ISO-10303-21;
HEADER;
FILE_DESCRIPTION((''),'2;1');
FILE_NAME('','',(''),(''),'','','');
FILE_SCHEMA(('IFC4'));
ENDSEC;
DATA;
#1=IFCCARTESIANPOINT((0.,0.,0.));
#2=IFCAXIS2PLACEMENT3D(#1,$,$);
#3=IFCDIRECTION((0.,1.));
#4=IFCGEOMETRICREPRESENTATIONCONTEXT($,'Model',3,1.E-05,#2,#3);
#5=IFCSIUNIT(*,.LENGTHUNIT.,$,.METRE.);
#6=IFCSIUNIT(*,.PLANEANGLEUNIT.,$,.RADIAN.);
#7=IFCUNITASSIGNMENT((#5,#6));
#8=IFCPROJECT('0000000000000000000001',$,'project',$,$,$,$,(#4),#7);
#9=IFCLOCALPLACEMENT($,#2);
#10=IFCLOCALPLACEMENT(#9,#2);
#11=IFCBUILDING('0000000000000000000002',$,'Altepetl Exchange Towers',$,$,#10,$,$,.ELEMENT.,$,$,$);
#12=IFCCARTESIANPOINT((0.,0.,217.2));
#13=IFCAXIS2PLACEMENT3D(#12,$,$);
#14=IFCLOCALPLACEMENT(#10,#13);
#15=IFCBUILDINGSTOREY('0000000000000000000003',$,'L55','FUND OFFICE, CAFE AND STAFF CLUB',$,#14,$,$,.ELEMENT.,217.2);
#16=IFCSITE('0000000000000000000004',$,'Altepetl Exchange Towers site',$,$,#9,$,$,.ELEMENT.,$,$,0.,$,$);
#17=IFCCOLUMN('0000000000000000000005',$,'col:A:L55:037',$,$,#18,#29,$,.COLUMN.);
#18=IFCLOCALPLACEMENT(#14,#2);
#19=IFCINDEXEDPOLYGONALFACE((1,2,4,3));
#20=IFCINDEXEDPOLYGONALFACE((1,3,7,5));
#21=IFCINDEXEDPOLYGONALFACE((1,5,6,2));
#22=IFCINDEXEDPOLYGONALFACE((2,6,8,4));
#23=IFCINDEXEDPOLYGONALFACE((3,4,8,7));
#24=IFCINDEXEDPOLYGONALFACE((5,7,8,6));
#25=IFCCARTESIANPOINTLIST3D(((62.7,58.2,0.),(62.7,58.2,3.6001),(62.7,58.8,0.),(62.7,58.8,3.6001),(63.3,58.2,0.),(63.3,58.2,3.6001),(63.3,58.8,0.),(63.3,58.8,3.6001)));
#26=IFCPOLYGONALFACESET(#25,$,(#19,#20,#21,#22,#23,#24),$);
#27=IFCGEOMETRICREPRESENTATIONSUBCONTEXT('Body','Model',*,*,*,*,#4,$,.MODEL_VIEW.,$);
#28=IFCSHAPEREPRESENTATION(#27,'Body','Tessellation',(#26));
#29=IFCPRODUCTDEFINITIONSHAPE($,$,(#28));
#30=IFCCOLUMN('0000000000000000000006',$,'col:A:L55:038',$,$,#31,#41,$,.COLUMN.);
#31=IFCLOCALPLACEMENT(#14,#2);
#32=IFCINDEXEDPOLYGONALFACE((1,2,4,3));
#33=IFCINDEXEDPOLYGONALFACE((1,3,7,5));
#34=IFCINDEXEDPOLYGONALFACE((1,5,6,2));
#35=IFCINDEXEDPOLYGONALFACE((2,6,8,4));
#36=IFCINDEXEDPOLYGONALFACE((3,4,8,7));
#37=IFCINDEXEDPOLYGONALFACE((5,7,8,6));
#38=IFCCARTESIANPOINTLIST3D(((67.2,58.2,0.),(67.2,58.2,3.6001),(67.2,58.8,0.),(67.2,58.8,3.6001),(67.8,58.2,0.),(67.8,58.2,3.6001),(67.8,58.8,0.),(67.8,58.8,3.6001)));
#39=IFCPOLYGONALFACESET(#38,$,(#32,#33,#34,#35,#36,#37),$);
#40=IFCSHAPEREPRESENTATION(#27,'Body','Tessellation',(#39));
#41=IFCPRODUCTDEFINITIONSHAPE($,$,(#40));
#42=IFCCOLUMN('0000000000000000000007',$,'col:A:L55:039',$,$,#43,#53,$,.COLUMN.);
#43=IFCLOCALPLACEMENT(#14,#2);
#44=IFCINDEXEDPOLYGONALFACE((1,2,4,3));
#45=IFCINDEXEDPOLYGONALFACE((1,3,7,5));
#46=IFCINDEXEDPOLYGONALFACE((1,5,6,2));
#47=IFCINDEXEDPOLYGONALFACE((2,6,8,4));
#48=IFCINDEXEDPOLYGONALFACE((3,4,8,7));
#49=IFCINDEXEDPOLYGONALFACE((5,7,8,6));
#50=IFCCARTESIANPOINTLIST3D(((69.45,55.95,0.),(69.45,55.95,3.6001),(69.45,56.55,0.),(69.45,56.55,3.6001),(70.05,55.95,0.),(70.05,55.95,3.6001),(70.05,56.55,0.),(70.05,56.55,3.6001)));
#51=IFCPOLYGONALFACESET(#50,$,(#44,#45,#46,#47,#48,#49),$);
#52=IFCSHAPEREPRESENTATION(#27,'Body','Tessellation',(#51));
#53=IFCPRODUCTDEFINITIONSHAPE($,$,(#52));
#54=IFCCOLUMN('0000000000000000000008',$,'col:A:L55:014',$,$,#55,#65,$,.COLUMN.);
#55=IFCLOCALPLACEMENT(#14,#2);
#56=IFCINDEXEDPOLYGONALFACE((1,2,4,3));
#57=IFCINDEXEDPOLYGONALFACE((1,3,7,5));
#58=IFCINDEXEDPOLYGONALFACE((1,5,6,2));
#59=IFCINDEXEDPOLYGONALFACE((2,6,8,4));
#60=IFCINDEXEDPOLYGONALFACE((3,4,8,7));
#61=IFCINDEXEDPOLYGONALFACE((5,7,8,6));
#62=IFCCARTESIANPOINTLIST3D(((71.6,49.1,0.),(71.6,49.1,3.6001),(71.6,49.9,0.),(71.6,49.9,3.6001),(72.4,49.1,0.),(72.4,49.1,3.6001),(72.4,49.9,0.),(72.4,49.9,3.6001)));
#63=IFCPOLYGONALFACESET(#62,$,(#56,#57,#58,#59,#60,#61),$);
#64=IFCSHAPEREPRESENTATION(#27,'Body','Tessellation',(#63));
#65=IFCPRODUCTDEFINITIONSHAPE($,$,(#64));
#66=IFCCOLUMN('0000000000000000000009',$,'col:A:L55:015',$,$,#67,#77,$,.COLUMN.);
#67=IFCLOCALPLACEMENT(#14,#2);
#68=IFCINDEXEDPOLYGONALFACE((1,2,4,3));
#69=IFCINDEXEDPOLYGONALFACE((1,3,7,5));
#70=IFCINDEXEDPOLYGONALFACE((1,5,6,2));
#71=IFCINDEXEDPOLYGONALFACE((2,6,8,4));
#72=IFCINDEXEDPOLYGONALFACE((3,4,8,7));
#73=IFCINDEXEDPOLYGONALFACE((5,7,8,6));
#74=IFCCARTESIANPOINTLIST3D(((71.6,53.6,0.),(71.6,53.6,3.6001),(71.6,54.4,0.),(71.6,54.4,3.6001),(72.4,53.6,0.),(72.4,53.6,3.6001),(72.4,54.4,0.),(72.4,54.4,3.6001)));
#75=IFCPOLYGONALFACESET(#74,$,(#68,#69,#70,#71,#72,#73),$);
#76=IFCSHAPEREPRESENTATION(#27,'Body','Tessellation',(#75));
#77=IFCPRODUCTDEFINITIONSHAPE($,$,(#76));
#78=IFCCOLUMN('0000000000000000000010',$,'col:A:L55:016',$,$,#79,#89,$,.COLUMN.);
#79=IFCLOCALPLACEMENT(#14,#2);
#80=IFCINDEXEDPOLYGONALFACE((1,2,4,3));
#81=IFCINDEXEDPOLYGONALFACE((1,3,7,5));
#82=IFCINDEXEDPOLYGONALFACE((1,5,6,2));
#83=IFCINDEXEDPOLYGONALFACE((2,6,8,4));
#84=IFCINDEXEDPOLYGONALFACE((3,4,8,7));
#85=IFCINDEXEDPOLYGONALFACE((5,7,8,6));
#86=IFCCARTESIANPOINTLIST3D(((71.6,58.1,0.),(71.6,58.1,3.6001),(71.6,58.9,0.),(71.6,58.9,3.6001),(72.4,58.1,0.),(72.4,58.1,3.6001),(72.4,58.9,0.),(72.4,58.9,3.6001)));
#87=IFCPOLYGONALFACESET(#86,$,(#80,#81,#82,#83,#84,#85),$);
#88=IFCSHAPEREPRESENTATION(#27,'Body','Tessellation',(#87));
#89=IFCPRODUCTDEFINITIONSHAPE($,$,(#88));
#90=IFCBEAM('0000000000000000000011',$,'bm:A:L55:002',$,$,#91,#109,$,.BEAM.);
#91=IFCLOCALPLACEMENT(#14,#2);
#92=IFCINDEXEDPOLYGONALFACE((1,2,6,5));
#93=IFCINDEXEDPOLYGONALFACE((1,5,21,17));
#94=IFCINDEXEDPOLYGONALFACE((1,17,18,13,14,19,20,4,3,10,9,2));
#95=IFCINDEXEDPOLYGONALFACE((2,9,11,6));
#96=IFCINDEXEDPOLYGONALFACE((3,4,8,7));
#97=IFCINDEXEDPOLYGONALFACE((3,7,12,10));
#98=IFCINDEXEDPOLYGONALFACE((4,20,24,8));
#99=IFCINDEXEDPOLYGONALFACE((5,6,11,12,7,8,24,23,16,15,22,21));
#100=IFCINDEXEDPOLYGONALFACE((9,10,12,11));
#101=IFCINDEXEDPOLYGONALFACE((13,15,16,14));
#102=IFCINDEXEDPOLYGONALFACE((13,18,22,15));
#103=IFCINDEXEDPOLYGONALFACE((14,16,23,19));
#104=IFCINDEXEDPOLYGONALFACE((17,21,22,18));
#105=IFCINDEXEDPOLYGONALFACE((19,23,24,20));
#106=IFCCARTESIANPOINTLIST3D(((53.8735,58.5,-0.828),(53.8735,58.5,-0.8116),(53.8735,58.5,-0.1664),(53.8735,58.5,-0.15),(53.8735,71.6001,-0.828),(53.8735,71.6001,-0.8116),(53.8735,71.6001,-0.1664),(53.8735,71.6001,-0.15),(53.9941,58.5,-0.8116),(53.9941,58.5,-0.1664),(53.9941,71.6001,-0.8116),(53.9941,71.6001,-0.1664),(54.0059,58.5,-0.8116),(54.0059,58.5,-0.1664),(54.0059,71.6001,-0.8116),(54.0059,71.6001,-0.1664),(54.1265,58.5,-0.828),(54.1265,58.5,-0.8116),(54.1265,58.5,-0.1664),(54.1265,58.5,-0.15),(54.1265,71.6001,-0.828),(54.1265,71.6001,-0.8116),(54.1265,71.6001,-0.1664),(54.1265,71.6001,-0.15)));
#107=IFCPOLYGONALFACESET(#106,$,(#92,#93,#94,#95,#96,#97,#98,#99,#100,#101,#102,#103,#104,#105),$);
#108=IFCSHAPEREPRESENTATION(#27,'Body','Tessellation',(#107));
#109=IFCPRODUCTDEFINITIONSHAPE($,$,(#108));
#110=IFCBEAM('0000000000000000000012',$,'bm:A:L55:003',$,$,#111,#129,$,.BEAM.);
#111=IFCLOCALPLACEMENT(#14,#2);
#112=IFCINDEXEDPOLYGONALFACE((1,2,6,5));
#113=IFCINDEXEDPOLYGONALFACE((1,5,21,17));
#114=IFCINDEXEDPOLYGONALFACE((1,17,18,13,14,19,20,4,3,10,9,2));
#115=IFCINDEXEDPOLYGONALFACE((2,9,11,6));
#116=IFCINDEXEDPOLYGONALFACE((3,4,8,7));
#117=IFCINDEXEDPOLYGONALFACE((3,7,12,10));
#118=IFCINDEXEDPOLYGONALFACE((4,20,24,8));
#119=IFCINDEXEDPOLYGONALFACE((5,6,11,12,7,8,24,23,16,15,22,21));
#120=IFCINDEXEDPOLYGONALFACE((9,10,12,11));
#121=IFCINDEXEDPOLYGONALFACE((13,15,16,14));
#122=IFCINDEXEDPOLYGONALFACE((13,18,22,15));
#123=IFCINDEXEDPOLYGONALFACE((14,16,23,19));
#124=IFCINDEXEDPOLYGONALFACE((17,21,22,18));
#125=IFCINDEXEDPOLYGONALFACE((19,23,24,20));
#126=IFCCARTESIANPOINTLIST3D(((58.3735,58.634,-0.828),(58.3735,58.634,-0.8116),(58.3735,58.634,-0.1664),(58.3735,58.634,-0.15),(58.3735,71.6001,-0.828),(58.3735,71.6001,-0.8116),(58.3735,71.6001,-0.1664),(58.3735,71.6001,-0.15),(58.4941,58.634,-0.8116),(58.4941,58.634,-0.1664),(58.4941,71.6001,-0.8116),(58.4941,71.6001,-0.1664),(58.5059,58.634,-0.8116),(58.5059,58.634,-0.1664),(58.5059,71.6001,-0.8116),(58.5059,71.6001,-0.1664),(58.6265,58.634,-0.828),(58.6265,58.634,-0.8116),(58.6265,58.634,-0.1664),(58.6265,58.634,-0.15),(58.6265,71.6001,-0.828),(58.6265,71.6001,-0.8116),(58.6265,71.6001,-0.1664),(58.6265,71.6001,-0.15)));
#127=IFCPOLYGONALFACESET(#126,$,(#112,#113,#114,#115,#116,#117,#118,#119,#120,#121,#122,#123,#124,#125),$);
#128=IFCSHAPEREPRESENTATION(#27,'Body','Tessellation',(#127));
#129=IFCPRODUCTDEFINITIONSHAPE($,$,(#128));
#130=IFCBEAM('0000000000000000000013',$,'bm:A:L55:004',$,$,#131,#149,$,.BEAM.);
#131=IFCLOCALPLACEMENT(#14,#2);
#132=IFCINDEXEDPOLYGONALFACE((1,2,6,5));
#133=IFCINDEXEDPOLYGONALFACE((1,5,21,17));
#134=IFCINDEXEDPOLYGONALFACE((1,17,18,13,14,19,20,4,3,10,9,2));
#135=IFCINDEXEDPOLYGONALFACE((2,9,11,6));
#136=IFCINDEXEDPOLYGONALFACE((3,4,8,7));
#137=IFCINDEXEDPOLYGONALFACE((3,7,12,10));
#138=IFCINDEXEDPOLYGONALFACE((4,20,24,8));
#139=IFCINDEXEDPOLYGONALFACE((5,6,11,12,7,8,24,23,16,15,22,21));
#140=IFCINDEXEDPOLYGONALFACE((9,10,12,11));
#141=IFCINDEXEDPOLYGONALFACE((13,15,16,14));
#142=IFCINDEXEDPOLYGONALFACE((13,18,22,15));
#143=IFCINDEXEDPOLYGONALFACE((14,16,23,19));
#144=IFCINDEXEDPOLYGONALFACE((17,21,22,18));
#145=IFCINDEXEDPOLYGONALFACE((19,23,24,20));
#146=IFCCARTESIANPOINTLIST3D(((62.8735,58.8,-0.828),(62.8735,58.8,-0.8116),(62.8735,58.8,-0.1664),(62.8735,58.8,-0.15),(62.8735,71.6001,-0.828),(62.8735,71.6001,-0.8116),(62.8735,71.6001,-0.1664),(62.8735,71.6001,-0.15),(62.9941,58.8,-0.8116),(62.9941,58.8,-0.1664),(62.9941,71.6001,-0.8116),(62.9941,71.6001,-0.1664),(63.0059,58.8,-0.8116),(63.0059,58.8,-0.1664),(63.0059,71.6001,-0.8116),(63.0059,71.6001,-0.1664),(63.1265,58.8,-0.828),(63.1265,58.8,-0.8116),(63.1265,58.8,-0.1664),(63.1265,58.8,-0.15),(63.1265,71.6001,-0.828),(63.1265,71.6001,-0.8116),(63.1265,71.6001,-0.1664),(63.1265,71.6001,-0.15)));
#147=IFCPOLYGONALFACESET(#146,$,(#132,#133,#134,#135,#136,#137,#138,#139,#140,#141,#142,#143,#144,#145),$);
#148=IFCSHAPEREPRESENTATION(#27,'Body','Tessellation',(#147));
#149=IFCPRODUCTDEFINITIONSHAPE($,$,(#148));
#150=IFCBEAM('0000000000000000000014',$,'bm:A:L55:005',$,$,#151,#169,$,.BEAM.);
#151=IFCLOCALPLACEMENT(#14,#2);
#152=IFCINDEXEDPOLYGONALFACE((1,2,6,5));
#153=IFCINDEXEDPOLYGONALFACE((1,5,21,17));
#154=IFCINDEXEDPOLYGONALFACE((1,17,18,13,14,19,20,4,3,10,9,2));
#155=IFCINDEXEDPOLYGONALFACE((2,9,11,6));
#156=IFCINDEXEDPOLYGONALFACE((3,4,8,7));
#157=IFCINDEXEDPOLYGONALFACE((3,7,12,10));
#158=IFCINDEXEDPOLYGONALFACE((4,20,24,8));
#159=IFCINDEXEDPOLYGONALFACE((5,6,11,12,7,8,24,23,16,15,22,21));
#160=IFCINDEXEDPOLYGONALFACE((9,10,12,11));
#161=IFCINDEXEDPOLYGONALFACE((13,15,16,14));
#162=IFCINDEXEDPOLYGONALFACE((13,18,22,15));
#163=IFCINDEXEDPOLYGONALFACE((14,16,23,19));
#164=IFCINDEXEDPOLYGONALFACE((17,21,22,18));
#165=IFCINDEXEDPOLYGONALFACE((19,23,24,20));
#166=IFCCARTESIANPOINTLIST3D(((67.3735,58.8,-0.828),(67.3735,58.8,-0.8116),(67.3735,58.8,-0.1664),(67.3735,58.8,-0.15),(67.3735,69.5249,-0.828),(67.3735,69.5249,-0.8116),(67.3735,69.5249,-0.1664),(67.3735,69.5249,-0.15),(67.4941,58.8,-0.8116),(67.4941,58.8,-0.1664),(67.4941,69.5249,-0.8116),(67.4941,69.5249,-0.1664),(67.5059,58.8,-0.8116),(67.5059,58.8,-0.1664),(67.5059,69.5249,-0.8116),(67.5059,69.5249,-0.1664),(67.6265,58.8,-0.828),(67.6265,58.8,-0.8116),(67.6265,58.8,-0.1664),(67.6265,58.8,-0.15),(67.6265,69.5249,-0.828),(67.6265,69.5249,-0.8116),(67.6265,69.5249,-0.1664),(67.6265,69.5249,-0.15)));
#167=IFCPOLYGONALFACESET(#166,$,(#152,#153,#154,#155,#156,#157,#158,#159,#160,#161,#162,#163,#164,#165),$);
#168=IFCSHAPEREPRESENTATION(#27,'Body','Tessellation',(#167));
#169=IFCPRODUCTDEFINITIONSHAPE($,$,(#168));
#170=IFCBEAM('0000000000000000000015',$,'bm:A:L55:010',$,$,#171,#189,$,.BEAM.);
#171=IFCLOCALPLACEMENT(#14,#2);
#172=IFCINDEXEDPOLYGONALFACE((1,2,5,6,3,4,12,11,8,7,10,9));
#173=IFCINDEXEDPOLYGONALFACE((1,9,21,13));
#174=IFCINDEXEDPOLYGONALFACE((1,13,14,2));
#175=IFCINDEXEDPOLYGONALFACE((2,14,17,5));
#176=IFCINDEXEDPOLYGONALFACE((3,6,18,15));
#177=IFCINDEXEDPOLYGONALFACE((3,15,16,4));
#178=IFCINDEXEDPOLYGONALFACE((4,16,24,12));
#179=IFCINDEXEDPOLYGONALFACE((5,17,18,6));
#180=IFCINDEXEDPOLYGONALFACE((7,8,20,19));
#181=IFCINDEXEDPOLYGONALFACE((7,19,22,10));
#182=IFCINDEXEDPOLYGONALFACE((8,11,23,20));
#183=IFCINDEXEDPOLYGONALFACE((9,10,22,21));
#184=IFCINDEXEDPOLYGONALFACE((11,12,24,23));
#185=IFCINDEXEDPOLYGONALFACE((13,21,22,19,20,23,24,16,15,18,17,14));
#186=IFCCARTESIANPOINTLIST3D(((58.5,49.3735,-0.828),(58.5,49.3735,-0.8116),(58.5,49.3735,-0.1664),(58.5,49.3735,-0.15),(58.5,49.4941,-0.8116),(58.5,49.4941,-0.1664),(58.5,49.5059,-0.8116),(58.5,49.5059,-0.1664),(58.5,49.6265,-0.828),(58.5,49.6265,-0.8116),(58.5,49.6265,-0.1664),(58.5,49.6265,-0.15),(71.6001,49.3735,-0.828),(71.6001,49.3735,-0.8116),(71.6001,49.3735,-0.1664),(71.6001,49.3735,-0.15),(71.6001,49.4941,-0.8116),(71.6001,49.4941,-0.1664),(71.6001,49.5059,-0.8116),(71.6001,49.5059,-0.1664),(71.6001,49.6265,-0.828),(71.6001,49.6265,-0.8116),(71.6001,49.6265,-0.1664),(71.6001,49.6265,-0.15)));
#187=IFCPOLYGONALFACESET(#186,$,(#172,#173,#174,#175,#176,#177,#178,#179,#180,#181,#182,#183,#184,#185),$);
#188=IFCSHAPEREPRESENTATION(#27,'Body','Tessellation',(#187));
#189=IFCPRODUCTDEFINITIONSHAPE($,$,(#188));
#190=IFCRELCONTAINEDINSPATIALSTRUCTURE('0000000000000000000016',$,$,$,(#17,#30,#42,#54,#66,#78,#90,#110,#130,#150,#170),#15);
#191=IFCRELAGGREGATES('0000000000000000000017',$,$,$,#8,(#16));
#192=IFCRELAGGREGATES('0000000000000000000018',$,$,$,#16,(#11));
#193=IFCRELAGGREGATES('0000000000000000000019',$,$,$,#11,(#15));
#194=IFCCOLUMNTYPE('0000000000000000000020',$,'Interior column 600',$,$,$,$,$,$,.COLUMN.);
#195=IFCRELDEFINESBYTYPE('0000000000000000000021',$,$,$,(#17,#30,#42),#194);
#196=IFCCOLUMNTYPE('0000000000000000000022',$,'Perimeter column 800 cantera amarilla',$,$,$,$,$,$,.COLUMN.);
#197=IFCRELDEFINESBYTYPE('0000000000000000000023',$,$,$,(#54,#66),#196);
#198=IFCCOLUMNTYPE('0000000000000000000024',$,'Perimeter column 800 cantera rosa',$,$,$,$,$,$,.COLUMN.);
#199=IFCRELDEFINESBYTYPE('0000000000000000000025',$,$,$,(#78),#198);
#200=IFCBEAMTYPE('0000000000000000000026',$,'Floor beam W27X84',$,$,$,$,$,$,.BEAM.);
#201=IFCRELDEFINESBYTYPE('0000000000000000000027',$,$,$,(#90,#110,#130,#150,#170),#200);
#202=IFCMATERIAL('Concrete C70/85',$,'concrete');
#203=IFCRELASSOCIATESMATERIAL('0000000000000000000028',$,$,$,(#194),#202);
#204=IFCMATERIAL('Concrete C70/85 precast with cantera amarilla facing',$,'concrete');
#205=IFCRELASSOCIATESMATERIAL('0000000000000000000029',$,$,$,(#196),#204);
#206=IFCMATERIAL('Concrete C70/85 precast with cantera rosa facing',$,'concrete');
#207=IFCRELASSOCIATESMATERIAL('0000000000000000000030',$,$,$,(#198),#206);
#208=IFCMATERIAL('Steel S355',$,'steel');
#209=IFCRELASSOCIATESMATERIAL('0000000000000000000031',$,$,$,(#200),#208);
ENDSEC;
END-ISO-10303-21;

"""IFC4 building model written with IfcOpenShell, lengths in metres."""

from ifc_helpers import new_model, si_unit, direction, frame, origin, origin_2d, place, context, subcontext, project, spatial, rectangle, i_section, extrude, material, material_profile, profile_set, type_object, element, save


model = new_model("IFC4")

# Units and contexts
model_context = context("Model", 3, precision=1e-05, world=origin(), true_north=direction((0.0, 1.0)))
body_context = subcontext(model_context, "Body", "Model", "MODEL_VIEW")
ifc_project = project(units=[si_unit("LENGTHUNIT", "METRE"), si_unit("PLANEANGLEUNIT", "RADIAN")], contexts=[model_context])

# Site, building, storey
site_placement = place(None, origin())
site = spatial("IfcSite", under=ifc_project, at=site_placement, Name="Altepetl Exchange Towers site", CompositionType="ELEMENT", RefElevation=0.0)
building_placement = place(site_placement, origin())
building = spatial("IfcBuilding", under=site, at=building_placement, Name="Altepetl Exchange Towers", CompositionType="ELEMENT")
storey_placement = place(building_placement, frame((0.0, 0.0, 217.2)))
storey = spatial("IfcBuildingStorey", under=building, at=storey_placement, Name="L55", Description="FUND OFFICE, CAFE AND STAFF CLUB", CompositionType="ELEMENT", Elevation=217.2)

# Columns
ifc_material_1 = material(Name="Concrete C70/85", Category="concrete")
ifc_material_profile_1 = material_profile(ifc_material_1, rectangle(XDim=0.6001, YDim=0.6001, at=origin_2d()), Name="600 x 600")
ifc_profile_set_1 = profile_set([ifc_material_profile_1], Name="Concrete C70/85")
column_type_1 = type_object("IfcColumnType", Name="Interior column 600", PredefinedType="COLUMN", material=ifc_profile_set_1)
for number, where, name in (
    (1, (63.0, 58.5, 0.0), "col:A:L55:037"),
    (2, (67.5, 58.5, 0.0), "col:A:L55:038"),
    (3, (69.75, 56.25, 0.0), "col:A:L55:039"),
):
    element("IfcColumn", number, at=place(storey_placement, frame(where)), inside=storey, type_object=column_type_1, Name=name, PredefinedType="COLUMN", context=body_context, shape_type="SweptSolid", body=[
        extrude(rectangle(XDim=0.6001, YDim=0.6001, at=origin_2d()), origin(), (0.0, 0.0, 1.0), 3.6001),
    ])
ifc_material_2 = material(Name="Concrete C70/85 precast with cantera amarilla facing", Category="concrete")
ifc_material_profile_2 = material_profile(ifc_material_2, rectangle(XDim=0.8, YDim=0.8, at=origin_2d()), Name="800 x 800")
ifc_profile_set_2 = profile_set([ifc_material_profile_2], Name="Concrete C70/85 precast with cantera amarilla facing")
column_type_2 = type_object("IfcColumnType", Name="Perimeter column 800 cantera amarilla", PredefinedType="COLUMN", material=ifc_profile_set_2)
for number, where, name in (
    (4, (72.0, 49.5, 0.0), "col:A:L55:014"),
    (5, (72.0, 54.0, 0.0), "col:A:L55:015"),
):
    element("IfcColumn", number, at=place(storey_placement, frame(where)), inside=storey, type_object=column_type_2, Name=name, PredefinedType="COLUMN", context=body_context, shape_type="SweptSolid", body=[
        extrude(rectangle(XDim=0.8, YDim=0.8, at=origin_2d()), origin(), (0.0, 0.0, 1.0), 3.6001),
    ])
ifc_material_3 = material(Name="Concrete C70/85 precast with cantera rosa facing", Category="concrete")
ifc_material_profile_3 = material_profile(ifc_material_3, rectangle(XDim=0.8, YDim=0.8, at=origin_2d()), Name="800 x 800")
ifc_profile_set_3 = profile_set([ifc_material_profile_3], Name="Concrete C70/85 precast with cantera rosa facing")
column_type_3 = type_object("IfcColumnType", Name="Perimeter column 800 cantera rosa", PredefinedType="COLUMN", material=ifc_profile_set_3)
column_placement = place(storey_placement, frame((72.0, 58.5, 0.0)))
element("IfcColumn", 6, at=column_placement, inside=storey, type_object=column_type_3, Name="col:A:L55:016", PredefinedType="COLUMN", context=body_context, shape_type="SweptSolid", body=[
    extrude(rectangle(XDim=0.8, YDim=0.8, at=origin_2d()), origin(), (0.0, 0.0, 1.0), 3.6001),
])

# Beams
ifc_material_4 = material(Name="Steel S355", Category="steel")
ifc_material_profile_4 = material_profile(ifc_material_4, i_section(OverallWidth=0.2529, OverallDepth=0.678, WebThickness=0.0117, FlangeThickness=0.0164, at=origin_2d()), Name="W27X84")
ifc_profile_set_4 = profile_set([ifc_material_profile_4], Name="Steel S355")
beam_type_1 = type_object("IfcBeamType", Name="Floor beam W27X84", PredefinedType="BEAM", material=ifc_profile_set_4)
beam_1_placement = place(storey_placement, frame((54.0, 58.5, -0.489), z_axis=(0.0, 1.0, 0.0), x_axis=(-1.0, 0.0, 0.0)))
element("IfcBeam", 7, at=beam_1_placement, inside=storey, type_object=beam_type_1, Name="bm:A:L55:002", PredefinedType="BEAM", context=body_context, shape_type="SweptSolid", body=[
    extrude(i_section(OverallWidth=0.2529, OverallDepth=0.678, WebThickness=0.0117, FlangeThickness=0.0164, at=origin_2d()), origin(), (0.0, 0.0, 1.0), 13.1001),
])
beam_2_placement = place(storey_placement, frame((58.5, 58.634, -0.489), z_axis=(0.0, 1.0, 0.0), x_axis=(-1.0, 0.0, 0.0)))
element("IfcBeam", 8, at=beam_2_placement, inside=storey, type_object=beam_type_1, Name="bm:A:L55:003", PredefinedType="BEAM", context=body_context, shape_type="SweptSolid", body=[
    extrude(i_section(OverallWidth=0.2529, OverallDepth=0.678, WebThickness=0.0117, FlangeThickness=0.0164, at=origin_2d()), origin(), (0.0, 0.0, 1.0), 12.9661),
])
beam_3_placement = place(storey_placement, frame((63.0, 58.8, -0.489), z_axis=(0.0, 1.0, 0.0), x_axis=(-1.0, 0.0, 0.0)))
element("IfcBeam", 9, at=beam_3_placement, inside=storey, type_object=beam_type_1, Name="bm:A:L55:004", PredefinedType="BEAM", context=body_context, shape_type="SweptSolid", body=[
    extrude(i_section(OverallWidth=0.2529, OverallDepth=0.678, WebThickness=0.0117, FlangeThickness=0.0164, at=origin_2d()), origin(), (0.0, 0.0, 1.0), 12.8),
])
beam_4_placement = place(storey_placement, frame((67.5, 58.8, -0.489), z_axis=(0.0, 1.0, 0.0), x_axis=(-1.0, 0.0, 0.0)))
element("IfcBeam", 10, at=beam_4_placement, inside=storey, type_object=beam_type_1, Name="bm:A:L55:005", PredefinedType="BEAM", context=body_context, shape_type="SweptSolid", body=[
    extrude(i_section(OverallWidth=0.2529, OverallDepth=0.678, WebThickness=0.0117, FlangeThickness=0.0164, at=origin_2d()), origin(), (0.0, 0.0, 1.0), 10.7249),
])
for number, where, z_axis, x_axis, name in (
    (11, (58.5, 49.5, -0.489), (1.0, 0.0, 0.0), (0.0, 1.0, 0.0), "bm:A:L55:010"),
):
    element("IfcBeam", number, at=place(storey_placement, frame(where, z_axis=z_axis, x_axis=x_axis)), inside=storey, type_object=beam_type_1, Name=name, PredefinedType="BEAM", context=body_context, shape_type="SweptSolid", body=[
        extrude(i_section(OverallWidth=0.2529, OverallDepth=0.678, WebThickness=0.0117, FlangeThickness=0.0164, at=origin_2d()), origin(), (0.0, 0.0, 1.0), 13.1001),
    ])

save(model, "model.ifc")
